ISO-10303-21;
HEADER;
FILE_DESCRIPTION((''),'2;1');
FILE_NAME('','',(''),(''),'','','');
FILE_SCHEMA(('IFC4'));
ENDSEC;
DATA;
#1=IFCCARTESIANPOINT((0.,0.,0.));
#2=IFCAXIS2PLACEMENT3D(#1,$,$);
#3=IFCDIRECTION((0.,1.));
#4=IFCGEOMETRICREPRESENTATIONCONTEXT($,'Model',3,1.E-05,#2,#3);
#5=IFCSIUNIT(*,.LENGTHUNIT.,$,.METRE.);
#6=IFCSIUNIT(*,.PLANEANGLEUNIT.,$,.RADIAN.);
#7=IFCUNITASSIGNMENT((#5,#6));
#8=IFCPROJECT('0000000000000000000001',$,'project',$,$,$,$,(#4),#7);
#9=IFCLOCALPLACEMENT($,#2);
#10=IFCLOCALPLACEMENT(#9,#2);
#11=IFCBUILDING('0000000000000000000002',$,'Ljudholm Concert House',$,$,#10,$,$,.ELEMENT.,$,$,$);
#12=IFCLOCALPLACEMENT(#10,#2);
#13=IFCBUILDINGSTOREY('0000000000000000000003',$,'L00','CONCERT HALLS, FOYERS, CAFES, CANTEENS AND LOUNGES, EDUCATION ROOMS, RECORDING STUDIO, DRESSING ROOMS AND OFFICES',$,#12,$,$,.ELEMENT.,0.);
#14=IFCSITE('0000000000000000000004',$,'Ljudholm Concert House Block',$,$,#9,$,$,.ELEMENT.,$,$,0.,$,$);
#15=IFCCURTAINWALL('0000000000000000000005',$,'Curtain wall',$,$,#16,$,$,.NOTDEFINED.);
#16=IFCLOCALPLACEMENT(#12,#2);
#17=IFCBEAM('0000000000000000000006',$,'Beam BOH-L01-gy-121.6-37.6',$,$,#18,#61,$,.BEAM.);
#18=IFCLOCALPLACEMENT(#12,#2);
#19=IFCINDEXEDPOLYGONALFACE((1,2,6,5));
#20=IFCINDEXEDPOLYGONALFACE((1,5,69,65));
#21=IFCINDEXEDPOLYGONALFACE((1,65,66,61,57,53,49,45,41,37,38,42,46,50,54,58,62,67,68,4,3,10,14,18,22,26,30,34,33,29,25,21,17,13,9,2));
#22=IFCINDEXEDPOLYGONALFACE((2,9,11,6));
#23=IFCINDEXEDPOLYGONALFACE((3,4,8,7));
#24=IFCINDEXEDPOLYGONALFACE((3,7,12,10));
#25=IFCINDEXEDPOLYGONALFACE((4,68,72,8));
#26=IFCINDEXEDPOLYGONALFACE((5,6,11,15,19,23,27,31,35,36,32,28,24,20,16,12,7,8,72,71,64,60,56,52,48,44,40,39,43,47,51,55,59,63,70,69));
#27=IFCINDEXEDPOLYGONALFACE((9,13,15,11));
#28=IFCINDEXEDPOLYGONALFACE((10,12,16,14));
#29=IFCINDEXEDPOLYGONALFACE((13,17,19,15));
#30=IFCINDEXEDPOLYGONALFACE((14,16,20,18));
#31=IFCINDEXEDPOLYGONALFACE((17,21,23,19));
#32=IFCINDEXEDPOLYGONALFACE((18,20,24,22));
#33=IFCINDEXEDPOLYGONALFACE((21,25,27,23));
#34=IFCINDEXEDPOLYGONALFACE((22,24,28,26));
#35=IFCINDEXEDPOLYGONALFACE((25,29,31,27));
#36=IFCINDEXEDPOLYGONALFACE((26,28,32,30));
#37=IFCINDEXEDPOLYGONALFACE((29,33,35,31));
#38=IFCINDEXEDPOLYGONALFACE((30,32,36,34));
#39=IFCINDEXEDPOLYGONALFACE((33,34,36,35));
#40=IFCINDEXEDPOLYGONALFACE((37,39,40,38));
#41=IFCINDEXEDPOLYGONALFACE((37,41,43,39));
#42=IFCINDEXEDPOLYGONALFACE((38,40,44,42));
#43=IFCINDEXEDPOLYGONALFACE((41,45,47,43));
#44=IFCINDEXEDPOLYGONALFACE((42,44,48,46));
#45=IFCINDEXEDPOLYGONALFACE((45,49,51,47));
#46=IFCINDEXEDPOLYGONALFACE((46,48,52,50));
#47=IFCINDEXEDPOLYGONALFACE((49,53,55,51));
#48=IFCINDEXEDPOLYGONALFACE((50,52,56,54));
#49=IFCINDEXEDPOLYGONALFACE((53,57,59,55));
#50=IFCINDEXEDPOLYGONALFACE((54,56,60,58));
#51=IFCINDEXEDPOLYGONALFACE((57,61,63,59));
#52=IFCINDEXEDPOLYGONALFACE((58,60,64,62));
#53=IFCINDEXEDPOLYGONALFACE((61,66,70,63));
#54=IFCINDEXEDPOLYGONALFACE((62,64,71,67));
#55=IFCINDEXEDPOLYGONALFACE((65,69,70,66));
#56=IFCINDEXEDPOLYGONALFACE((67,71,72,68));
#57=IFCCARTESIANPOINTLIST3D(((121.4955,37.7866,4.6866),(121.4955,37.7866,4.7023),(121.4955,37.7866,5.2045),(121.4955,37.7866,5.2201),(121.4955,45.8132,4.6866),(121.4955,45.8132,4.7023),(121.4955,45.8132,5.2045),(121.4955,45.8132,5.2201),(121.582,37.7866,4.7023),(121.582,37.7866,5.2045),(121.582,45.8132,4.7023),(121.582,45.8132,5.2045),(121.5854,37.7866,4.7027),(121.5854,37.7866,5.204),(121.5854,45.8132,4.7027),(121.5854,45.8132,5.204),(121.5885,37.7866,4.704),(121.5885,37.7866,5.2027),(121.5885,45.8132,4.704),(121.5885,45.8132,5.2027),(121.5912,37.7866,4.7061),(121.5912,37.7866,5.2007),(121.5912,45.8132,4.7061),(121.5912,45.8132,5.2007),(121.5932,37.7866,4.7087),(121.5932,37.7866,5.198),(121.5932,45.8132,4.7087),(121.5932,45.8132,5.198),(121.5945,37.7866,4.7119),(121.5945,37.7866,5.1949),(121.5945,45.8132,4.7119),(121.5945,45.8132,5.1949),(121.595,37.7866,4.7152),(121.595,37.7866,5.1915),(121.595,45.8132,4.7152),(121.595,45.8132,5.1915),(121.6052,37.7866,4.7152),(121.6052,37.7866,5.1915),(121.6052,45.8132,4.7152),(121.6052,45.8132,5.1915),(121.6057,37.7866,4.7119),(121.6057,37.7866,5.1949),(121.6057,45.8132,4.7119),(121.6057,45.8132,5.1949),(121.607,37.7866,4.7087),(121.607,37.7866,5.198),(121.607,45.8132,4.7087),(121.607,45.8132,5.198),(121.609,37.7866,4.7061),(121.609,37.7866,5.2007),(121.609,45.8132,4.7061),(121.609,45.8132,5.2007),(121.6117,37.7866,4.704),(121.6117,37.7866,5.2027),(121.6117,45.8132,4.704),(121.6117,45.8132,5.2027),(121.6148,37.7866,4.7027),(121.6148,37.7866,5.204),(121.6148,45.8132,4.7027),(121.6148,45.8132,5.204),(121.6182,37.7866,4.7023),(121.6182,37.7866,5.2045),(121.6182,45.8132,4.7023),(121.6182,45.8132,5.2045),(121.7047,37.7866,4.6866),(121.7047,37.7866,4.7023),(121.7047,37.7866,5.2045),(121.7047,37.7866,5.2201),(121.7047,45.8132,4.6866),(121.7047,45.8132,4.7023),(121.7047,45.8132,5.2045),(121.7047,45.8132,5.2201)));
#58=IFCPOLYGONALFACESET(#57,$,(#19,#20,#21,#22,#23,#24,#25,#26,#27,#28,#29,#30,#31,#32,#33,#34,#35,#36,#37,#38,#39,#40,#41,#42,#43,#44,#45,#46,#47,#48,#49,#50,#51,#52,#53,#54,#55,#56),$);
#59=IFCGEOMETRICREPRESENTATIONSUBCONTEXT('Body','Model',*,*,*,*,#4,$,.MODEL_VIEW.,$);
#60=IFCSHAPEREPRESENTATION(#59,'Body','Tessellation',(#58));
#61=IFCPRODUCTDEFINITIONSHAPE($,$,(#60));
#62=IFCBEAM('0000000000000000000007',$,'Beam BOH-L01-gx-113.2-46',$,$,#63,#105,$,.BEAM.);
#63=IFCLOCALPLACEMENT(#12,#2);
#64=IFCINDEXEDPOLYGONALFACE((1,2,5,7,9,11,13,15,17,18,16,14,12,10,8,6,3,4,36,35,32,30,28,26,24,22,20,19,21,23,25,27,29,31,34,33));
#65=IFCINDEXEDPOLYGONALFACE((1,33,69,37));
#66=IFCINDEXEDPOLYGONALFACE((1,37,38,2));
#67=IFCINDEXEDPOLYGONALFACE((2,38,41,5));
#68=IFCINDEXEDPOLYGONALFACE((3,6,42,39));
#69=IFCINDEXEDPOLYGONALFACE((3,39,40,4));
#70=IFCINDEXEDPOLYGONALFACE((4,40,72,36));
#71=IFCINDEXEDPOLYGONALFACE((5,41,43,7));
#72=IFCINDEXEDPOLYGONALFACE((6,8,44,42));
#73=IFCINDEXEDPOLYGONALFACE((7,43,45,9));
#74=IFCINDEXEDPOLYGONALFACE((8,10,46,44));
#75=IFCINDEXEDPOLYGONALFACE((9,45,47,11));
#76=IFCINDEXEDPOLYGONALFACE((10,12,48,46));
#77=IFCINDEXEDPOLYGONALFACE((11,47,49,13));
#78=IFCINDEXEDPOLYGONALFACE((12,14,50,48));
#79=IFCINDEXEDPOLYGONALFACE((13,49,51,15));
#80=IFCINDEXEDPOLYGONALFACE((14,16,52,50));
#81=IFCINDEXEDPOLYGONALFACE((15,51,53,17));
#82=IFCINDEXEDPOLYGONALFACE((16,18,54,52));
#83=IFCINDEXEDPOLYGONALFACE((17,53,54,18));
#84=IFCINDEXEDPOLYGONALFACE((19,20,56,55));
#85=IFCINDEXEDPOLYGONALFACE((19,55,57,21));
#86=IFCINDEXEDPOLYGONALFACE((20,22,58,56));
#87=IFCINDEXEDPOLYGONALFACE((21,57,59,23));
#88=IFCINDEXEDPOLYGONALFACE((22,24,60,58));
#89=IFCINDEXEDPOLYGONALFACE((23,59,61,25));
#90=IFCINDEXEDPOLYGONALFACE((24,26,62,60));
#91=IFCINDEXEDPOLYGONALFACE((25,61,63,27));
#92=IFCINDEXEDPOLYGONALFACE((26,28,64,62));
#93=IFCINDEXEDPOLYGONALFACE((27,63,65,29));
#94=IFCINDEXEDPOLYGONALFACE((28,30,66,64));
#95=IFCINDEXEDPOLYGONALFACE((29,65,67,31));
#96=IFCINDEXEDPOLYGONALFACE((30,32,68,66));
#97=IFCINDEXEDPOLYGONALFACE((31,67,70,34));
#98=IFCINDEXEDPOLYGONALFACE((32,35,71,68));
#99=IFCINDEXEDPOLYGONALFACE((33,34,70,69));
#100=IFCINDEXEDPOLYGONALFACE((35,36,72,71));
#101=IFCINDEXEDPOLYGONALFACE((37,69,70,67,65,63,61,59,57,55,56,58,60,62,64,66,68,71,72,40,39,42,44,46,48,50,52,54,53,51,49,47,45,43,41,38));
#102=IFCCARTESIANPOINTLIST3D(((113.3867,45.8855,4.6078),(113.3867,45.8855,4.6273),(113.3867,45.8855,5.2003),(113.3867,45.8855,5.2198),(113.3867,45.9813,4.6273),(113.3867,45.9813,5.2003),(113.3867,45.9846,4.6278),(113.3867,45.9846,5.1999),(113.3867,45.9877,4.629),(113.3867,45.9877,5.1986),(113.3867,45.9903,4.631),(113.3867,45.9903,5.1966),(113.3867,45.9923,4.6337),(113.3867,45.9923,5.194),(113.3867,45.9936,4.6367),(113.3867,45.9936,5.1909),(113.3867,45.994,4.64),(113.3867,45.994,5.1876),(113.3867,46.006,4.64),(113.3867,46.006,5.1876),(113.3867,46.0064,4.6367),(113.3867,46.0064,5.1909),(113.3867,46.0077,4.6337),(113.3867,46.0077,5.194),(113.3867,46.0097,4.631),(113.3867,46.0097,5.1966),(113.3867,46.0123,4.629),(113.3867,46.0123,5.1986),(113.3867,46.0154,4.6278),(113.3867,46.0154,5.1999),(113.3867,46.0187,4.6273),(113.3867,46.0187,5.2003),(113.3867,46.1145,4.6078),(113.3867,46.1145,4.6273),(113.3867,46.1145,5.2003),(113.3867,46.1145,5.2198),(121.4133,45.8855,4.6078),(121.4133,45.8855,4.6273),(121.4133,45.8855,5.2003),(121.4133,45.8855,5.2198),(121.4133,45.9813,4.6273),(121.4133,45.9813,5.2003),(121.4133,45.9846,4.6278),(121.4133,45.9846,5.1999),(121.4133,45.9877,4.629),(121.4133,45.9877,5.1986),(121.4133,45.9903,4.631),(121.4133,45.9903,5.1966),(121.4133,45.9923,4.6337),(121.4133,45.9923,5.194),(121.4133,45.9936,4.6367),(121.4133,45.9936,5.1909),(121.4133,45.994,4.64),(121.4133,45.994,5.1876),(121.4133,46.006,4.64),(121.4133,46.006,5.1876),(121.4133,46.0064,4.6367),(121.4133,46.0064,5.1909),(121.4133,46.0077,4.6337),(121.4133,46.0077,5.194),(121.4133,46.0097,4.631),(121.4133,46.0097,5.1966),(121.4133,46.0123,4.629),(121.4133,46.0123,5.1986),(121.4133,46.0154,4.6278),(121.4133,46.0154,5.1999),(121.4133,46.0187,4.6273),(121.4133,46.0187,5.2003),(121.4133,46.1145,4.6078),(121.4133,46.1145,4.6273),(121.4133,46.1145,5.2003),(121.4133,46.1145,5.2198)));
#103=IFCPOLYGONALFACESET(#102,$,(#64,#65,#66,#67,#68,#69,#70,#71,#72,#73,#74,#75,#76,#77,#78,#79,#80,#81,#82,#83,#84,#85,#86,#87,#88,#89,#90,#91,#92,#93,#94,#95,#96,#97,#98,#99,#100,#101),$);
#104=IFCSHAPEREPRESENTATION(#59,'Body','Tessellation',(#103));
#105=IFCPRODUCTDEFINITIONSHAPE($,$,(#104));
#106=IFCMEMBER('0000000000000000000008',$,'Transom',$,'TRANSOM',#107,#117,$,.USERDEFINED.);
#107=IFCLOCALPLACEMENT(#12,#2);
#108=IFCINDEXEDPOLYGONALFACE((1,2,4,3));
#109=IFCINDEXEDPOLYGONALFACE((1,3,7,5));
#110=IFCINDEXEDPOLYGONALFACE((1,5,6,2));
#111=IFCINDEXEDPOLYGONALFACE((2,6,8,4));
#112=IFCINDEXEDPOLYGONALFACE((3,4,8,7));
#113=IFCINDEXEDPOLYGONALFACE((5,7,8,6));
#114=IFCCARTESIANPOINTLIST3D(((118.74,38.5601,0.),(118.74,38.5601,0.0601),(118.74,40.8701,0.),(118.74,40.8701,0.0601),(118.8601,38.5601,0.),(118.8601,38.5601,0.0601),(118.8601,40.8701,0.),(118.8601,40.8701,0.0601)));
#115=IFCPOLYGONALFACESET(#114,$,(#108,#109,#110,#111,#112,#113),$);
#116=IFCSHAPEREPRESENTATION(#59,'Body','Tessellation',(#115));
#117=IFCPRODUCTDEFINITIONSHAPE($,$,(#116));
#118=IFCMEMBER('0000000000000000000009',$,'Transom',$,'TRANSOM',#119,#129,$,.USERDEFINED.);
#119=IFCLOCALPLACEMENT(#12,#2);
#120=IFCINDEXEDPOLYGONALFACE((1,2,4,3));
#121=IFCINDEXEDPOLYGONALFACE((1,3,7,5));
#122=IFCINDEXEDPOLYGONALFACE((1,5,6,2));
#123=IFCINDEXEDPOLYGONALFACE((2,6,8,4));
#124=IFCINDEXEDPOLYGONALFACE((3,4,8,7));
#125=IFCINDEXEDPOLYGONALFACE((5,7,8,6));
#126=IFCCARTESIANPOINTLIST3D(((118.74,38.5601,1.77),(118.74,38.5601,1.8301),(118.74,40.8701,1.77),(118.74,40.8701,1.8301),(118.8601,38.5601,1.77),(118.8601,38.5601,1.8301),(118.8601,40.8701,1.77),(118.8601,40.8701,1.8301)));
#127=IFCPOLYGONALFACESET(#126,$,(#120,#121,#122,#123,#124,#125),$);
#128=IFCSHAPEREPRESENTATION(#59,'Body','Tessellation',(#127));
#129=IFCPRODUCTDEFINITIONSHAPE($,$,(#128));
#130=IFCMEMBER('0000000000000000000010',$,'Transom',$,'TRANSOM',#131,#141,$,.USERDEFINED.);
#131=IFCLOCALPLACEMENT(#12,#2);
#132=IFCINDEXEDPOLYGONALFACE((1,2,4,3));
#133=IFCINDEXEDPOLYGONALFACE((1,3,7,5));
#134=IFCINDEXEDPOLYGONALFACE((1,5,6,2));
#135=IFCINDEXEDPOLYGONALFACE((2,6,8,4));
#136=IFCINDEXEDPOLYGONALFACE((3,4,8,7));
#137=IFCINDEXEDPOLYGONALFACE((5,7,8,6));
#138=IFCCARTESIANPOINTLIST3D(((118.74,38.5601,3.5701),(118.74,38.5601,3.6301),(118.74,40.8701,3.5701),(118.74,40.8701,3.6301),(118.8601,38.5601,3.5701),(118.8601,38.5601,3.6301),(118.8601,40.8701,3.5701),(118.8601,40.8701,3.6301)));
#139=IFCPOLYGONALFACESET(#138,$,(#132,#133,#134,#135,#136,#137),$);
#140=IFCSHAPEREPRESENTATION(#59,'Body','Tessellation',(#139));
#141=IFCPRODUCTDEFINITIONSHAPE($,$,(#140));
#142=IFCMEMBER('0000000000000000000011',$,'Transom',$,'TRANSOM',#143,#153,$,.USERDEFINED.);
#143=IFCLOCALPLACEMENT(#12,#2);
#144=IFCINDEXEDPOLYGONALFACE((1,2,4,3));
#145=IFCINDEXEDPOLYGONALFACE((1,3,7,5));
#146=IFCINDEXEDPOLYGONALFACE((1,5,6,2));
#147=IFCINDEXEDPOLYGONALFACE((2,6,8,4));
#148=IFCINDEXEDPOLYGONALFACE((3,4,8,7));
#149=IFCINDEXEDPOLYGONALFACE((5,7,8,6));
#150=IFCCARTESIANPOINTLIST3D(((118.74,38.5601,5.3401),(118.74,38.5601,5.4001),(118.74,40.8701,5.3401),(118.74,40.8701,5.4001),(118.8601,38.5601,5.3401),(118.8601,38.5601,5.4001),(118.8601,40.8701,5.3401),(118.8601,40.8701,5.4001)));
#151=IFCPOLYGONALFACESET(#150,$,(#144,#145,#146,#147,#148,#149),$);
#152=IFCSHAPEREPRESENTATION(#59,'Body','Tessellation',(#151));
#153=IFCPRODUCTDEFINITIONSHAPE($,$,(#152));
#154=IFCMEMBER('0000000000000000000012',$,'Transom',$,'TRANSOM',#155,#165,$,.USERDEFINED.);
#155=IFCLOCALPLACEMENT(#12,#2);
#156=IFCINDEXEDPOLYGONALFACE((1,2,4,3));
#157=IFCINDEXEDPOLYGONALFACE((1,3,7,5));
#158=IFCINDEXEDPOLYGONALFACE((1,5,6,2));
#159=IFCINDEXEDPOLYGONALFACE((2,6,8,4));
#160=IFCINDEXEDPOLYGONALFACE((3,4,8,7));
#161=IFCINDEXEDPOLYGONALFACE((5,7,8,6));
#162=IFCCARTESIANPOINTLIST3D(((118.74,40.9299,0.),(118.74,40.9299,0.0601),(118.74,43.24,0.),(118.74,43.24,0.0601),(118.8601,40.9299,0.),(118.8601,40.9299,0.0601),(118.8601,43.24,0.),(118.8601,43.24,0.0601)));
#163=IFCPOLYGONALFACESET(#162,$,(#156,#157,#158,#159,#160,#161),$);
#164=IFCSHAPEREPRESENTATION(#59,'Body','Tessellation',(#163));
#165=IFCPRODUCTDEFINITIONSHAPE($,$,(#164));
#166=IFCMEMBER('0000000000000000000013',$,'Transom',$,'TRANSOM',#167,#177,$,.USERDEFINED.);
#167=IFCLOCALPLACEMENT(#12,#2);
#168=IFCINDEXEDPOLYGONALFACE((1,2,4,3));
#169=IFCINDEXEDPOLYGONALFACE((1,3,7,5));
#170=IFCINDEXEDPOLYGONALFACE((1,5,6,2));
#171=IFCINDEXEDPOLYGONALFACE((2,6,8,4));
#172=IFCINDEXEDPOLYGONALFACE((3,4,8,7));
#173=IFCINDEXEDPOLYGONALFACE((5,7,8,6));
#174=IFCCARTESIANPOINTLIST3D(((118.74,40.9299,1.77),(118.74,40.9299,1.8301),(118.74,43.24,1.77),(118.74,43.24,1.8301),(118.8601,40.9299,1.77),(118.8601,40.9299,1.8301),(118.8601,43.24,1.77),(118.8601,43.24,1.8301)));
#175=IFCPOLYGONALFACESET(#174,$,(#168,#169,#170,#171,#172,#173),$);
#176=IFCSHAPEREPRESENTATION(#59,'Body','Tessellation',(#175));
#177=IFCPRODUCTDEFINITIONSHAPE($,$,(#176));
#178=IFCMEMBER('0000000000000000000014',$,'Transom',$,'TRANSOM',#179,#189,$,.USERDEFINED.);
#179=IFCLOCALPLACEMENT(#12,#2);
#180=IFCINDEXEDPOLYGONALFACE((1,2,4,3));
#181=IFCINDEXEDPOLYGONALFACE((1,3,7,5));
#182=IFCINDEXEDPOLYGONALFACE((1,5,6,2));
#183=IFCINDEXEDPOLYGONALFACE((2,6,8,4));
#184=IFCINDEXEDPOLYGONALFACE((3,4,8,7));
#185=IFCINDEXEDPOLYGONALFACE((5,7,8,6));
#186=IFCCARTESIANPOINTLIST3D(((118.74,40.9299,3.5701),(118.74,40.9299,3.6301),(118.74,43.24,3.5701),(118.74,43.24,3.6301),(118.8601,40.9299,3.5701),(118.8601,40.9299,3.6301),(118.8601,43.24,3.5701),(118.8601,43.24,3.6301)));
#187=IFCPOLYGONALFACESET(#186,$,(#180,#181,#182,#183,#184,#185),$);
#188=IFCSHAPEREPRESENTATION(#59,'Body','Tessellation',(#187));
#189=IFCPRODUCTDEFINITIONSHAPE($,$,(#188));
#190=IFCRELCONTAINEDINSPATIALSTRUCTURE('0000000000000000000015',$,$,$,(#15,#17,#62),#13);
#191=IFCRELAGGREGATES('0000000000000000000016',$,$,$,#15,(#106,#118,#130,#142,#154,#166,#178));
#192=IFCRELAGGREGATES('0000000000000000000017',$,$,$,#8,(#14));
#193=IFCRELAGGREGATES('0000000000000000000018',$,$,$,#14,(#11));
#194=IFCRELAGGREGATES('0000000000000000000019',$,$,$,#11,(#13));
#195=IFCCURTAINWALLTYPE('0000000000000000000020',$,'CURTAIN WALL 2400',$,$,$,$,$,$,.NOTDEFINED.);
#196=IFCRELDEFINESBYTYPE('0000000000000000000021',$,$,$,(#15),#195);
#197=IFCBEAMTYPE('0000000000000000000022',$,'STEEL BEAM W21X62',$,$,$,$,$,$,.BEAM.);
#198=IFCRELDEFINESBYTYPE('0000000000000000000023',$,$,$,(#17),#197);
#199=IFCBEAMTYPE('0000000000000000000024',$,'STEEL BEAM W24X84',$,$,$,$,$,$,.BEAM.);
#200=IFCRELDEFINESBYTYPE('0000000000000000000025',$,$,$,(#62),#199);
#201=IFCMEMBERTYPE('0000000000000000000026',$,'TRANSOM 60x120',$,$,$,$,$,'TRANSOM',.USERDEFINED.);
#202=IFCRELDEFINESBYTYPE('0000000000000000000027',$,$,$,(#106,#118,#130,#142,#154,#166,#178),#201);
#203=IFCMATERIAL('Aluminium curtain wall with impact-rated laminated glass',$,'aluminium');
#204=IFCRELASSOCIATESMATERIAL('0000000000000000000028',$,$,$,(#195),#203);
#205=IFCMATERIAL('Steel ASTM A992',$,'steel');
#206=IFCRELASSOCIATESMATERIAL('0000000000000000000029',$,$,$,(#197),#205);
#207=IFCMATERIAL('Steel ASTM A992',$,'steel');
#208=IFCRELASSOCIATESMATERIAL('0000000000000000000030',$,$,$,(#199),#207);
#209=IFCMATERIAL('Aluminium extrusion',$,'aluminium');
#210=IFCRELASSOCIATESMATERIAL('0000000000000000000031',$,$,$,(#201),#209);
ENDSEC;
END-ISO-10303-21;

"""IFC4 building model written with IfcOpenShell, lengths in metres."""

from ifc_helpers import new_model, si_unit, direction, frame, origin, origin_2d, place, context, subcontext, project, spatial, rectangle, i_section, extrude, material, material_profile, profile_set, type_object, element, aggregate, save


model = new_model("IFC4")

# Units and contexts
model_context = context("Model", 3, precision=1e-05, world=origin(), true_north=direction((0.0, 1.0)))
body_context = subcontext(model_context, "Body", "Model", "MODEL_VIEW")
ifc_project = project(units=[si_unit("LENGTHUNIT", "METRE"), si_unit("PLANEANGLEUNIT", "RADIAN")], contexts=[model_context])

# Site, building, storey
site_placement = place(None, origin())
site = spatial("IfcSite", under=ifc_project, at=site_placement, Name="Ljudholm Concert House Block", CompositionType="ELEMENT", RefElevation=0.0)
building_placement = place(site_placement, origin())
building = spatial("IfcBuilding", under=site, at=building_placement, Name="Ljudholm Concert House", CompositionType="ELEMENT")
storey_placement = place(building_placement, origin())
storey = spatial("IfcBuildingStorey", under=building, at=storey_placement, Name="L00", Description="CONCERT HALLS, FOYERS, CAFES, CANTEENS AND LOUNGES, EDUCATION ROOMS, RECORDING STUDIO, DRESSING ROOMS AND OFFICES", CompositionType="ELEMENT", Elevation=0.0)

# Curtain wall
ifc_material_1 = material(Name="Aluminium curtain wall with impact-rated laminated glass", Category="aluminium")
curtain_wall_type = type_object("IfcCurtainWallType", Name="CURTAIN WALL 2400", PredefinedType="NOTDEFINED", material=ifc_material_1)
curtain_wall_placement = place(storey_placement, origin())
curtain_wall = element("IfcCurtainWall", 1, at=curtain_wall_placement, inside=storey, type_object=curtain_wall_type, Name="Curtain wall", PredefinedType="NOTDEFINED")

# Beams
ifc_material_2 = material(Name="Steel ASTM A992", Category="steel")
ifc_material_profile_1 = material_profile(ifc_material_2, i_section(OverallWidth=0.2092, OverallDepth=0.5334, WebThickness=0.0103, FlangeThickness=0.0156, FilletRadius=0.0129, at=origin_2d()), Name="W21X62")
ifc_profile_set_1 = profile_set([ifc_material_profile_1], Name="Steel ASTM A992")
beam_type_1 = type_object("IfcBeamType", Name="STEEL BEAM W21X62", PredefinedType="BEAM", material=ifc_profile_set_1)
for number, where, z_axis, x_axis, name in (
    (2, (121.6001, 37.7866, 4.9534), (0.0, 1.0, 0.0), (-1.0, 0.0, 0.0), "Beam BOH-L01-gy-121.6-37.6"),
):
    element("IfcBeam", number, at=place(storey_placement, frame(where, z_axis=z_axis, x_axis=x_axis)), inside=storey, type_object=beam_type_1, Name=name, PredefinedType="BEAM", context=body_context, shape_type="SweptSolid", body=[
        extrude(i_section(OverallWidth=0.2092, OverallDepth=0.5334, WebThickness=0.0103, FlangeThickness=0.0156, FilletRadius=0.0129, at=origin_2d()), origin(), (0.0, 0.0, 1.0), 8.0266),
    ])
ifc_material_3 = material(Name="Steel ASTM A992", Category="steel")
ifc_material_profile_2 = material_profile(ifc_material_3, i_section(OverallWidth=0.229, OverallDepth=0.6121, WebThickness=0.012, FlangeThickness=0.0195, FilletRadius=0.0127, at=origin_2d()), Name="W24X84")
ifc_profile_set_2 = profile_set([ifc_material_profile_2], Name="Steel ASTM A992")
beam_type_2 = type_object("IfcBeamType", Name="STEEL BEAM W24X84", PredefinedType="BEAM", material=ifc_profile_set_2)
beam_placement = place(storey_placement, frame((113.3867, 46.0, 4.9138), z_axis=(1.0, 0.0, 0.0), x_axis=(0.0, 1.0, 0.0)))
element("IfcBeam", 3, at=beam_placement, inside=storey, type_object=beam_type_2, Name="Beam BOH-L01-gx-113.2-46", PredefinedType="BEAM", context=body_context, shape_type="SweptSolid", body=[
    extrude(i_section(OverallWidth=0.229, OverallDepth=0.6121, WebThickness=0.012, FlangeThickness=0.0195, FilletRadius=0.0127, at=origin_2d()), origin(), (0.0, 0.0, 1.0), 8.0266),
])

# Members
ifc_material_4 = material(Name="Aluminium extrusion", Category="aluminium")
ifc_material_profile_3 = material_profile(ifc_material_4, rectangle(XDim=0.1201, YDim=0.0601, at=origin_2d()), Name="TRANSOM 60x120")
ifc_profile_set_3 = profile_set([ifc_material_profile_3], Name="Aluminium extrusion")
member_type_1 = type_object("IfcMemberType", Name="TRANSOM 60x120", ElementType="TRANSOM", PredefinedType="USERDEFINED", material=ifc_profile_set_3)
member_1_placement = place(storey_placement, frame((118.8, 38.5601, 0.03), z_axis=(0.0, 1.0, 0.0), x_axis=(-1.0, 0.0, 0.0)))
member_1 = element("IfcMember", 4, at=member_1_placement, type_object=member_type_1, Name="Transom", ObjectType="TRANSOM", PredefinedType="USERDEFINED", context=body_context, shape_type="SweptSolid", body=[
    extrude(rectangle(XDim=0.1201, YDim=0.0601, at=origin_2d()), origin(), (0.0, 0.0, 1.0), 2.3101),
])
member_2_placement = place(storey_placement, frame((118.8, 38.5601, 1.8), z_axis=(0.0, 1.0, 0.0), x_axis=(-1.0, 0.0, 0.0)))
member_2 = element("IfcMember", 5, at=member_2_placement, type_object=member_type_1, Name="Transom", ObjectType="TRANSOM", PredefinedType="USERDEFINED", context=body_context, shape_type="SweptSolid", body=[
    extrude(rectangle(XDim=0.1201, YDim=0.0601, at=origin_2d()), origin(), (0.0, 0.0, 1.0), 2.3101),
])
member_3_placement = place(storey_placement, frame((118.8, 38.5601, 3.6001), z_axis=(0.0, 1.0, 0.0), x_axis=(-1.0, 0.0, 0.0)))
member_3 = element("IfcMember", 6, at=member_3_placement, type_object=member_type_1, Name="Transom", ObjectType="TRANSOM", PredefinedType="USERDEFINED", context=body_context, shape_type="SweptSolid", body=[
    extrude(rectangle(XDim=0.1201, YDim=0.0601, at=origin_2d()), origin(), (0.0, 0.0, 1.0), 2.3101),
])
member_4_placement = place(storey_placement, frame((118.8, 38.5601, 5.3701), z_axis=(0.0, 1.0, 0.0), x_axis=(-1.0, 0.0, 0.0)))
member_4 = element("IfcMember", 7, at=member_4_placement, type_object=member_type_1, Name="Transom", ObjectType="TRANSOM", PredefinedType="USERDEFINED", context=body_context, shape_type="SweptSolid", body=[
    extrude(rectangle(XDim=0.1201, YDim=0.0601, at=origin_2d()), origin(), (0.0, 0.0, 1.0), 2.3101),
])
member_5_placement = place(storey_placement, frame((118.8, 40.9299, 0.03), z_axis=(0.0, 1.0, 0.0), x_axis=(-1.0, 0.0, 0.0)))
member_5 = element("IfcMember", 8, at=member_5_placement, type_object=member_type_1, Name="Transom", ObjectType="TRANSOM", PredefinedType="USERDEFINED", context=body_context, shape_type="SweptSolid", body=[
    extrude(rectangle(XDim=0.1201, YDim=0.0601, at=origin_2d()), origin(), (0.0, 0.0, 1.0), 2.3101),
])
member_6_placement = place(storey_placement, frame((118.8, 40.9299, 1.8), z_axis=(0.0, 1.0, 0.0), x_axis=(-1.0, 0.0, 0.0)))
member_6 = element("IfcMember", 9, at=member_6_placement, type_object=member_type_1, Name="Transom", ObjectType="TRANSOM", PredefinedType="USERDEFINED", context=body_context, shape_type="SweptSolid", body=[
    extrude(rectangle(XDim=0.1201, YDim=0.0601, at=origin_2d()), origin(), (0.0, 0.0, 1.0), 2.3101),
])
member_7_placement = place(storey_placement, frame((118.8, 40.9299, 3.6001), z_axis=(0.0, 1.0, 0.0), x_axis=(-1.0, 0.0, 0.0)))
member_7 = element("IfcMember", 10, at=member_7_placement, type_object=member_type_1, Name="Transom", ObjectType="TRANSOM", PredefinedType="USERDEFINED", context=body_context, shape_type="SweptSolid", body=[
    extrude(rectangle(XDim=0.1201, YDim=0.0601, at=origin_2d()), origin(), (0.0, 0.0, 1.0), 2.3101),
])

aggregate(curtain_wall, [member_1, member_2, member_3, member_4, member_5, member_6, member_7])

save(model, "model.ifc")
